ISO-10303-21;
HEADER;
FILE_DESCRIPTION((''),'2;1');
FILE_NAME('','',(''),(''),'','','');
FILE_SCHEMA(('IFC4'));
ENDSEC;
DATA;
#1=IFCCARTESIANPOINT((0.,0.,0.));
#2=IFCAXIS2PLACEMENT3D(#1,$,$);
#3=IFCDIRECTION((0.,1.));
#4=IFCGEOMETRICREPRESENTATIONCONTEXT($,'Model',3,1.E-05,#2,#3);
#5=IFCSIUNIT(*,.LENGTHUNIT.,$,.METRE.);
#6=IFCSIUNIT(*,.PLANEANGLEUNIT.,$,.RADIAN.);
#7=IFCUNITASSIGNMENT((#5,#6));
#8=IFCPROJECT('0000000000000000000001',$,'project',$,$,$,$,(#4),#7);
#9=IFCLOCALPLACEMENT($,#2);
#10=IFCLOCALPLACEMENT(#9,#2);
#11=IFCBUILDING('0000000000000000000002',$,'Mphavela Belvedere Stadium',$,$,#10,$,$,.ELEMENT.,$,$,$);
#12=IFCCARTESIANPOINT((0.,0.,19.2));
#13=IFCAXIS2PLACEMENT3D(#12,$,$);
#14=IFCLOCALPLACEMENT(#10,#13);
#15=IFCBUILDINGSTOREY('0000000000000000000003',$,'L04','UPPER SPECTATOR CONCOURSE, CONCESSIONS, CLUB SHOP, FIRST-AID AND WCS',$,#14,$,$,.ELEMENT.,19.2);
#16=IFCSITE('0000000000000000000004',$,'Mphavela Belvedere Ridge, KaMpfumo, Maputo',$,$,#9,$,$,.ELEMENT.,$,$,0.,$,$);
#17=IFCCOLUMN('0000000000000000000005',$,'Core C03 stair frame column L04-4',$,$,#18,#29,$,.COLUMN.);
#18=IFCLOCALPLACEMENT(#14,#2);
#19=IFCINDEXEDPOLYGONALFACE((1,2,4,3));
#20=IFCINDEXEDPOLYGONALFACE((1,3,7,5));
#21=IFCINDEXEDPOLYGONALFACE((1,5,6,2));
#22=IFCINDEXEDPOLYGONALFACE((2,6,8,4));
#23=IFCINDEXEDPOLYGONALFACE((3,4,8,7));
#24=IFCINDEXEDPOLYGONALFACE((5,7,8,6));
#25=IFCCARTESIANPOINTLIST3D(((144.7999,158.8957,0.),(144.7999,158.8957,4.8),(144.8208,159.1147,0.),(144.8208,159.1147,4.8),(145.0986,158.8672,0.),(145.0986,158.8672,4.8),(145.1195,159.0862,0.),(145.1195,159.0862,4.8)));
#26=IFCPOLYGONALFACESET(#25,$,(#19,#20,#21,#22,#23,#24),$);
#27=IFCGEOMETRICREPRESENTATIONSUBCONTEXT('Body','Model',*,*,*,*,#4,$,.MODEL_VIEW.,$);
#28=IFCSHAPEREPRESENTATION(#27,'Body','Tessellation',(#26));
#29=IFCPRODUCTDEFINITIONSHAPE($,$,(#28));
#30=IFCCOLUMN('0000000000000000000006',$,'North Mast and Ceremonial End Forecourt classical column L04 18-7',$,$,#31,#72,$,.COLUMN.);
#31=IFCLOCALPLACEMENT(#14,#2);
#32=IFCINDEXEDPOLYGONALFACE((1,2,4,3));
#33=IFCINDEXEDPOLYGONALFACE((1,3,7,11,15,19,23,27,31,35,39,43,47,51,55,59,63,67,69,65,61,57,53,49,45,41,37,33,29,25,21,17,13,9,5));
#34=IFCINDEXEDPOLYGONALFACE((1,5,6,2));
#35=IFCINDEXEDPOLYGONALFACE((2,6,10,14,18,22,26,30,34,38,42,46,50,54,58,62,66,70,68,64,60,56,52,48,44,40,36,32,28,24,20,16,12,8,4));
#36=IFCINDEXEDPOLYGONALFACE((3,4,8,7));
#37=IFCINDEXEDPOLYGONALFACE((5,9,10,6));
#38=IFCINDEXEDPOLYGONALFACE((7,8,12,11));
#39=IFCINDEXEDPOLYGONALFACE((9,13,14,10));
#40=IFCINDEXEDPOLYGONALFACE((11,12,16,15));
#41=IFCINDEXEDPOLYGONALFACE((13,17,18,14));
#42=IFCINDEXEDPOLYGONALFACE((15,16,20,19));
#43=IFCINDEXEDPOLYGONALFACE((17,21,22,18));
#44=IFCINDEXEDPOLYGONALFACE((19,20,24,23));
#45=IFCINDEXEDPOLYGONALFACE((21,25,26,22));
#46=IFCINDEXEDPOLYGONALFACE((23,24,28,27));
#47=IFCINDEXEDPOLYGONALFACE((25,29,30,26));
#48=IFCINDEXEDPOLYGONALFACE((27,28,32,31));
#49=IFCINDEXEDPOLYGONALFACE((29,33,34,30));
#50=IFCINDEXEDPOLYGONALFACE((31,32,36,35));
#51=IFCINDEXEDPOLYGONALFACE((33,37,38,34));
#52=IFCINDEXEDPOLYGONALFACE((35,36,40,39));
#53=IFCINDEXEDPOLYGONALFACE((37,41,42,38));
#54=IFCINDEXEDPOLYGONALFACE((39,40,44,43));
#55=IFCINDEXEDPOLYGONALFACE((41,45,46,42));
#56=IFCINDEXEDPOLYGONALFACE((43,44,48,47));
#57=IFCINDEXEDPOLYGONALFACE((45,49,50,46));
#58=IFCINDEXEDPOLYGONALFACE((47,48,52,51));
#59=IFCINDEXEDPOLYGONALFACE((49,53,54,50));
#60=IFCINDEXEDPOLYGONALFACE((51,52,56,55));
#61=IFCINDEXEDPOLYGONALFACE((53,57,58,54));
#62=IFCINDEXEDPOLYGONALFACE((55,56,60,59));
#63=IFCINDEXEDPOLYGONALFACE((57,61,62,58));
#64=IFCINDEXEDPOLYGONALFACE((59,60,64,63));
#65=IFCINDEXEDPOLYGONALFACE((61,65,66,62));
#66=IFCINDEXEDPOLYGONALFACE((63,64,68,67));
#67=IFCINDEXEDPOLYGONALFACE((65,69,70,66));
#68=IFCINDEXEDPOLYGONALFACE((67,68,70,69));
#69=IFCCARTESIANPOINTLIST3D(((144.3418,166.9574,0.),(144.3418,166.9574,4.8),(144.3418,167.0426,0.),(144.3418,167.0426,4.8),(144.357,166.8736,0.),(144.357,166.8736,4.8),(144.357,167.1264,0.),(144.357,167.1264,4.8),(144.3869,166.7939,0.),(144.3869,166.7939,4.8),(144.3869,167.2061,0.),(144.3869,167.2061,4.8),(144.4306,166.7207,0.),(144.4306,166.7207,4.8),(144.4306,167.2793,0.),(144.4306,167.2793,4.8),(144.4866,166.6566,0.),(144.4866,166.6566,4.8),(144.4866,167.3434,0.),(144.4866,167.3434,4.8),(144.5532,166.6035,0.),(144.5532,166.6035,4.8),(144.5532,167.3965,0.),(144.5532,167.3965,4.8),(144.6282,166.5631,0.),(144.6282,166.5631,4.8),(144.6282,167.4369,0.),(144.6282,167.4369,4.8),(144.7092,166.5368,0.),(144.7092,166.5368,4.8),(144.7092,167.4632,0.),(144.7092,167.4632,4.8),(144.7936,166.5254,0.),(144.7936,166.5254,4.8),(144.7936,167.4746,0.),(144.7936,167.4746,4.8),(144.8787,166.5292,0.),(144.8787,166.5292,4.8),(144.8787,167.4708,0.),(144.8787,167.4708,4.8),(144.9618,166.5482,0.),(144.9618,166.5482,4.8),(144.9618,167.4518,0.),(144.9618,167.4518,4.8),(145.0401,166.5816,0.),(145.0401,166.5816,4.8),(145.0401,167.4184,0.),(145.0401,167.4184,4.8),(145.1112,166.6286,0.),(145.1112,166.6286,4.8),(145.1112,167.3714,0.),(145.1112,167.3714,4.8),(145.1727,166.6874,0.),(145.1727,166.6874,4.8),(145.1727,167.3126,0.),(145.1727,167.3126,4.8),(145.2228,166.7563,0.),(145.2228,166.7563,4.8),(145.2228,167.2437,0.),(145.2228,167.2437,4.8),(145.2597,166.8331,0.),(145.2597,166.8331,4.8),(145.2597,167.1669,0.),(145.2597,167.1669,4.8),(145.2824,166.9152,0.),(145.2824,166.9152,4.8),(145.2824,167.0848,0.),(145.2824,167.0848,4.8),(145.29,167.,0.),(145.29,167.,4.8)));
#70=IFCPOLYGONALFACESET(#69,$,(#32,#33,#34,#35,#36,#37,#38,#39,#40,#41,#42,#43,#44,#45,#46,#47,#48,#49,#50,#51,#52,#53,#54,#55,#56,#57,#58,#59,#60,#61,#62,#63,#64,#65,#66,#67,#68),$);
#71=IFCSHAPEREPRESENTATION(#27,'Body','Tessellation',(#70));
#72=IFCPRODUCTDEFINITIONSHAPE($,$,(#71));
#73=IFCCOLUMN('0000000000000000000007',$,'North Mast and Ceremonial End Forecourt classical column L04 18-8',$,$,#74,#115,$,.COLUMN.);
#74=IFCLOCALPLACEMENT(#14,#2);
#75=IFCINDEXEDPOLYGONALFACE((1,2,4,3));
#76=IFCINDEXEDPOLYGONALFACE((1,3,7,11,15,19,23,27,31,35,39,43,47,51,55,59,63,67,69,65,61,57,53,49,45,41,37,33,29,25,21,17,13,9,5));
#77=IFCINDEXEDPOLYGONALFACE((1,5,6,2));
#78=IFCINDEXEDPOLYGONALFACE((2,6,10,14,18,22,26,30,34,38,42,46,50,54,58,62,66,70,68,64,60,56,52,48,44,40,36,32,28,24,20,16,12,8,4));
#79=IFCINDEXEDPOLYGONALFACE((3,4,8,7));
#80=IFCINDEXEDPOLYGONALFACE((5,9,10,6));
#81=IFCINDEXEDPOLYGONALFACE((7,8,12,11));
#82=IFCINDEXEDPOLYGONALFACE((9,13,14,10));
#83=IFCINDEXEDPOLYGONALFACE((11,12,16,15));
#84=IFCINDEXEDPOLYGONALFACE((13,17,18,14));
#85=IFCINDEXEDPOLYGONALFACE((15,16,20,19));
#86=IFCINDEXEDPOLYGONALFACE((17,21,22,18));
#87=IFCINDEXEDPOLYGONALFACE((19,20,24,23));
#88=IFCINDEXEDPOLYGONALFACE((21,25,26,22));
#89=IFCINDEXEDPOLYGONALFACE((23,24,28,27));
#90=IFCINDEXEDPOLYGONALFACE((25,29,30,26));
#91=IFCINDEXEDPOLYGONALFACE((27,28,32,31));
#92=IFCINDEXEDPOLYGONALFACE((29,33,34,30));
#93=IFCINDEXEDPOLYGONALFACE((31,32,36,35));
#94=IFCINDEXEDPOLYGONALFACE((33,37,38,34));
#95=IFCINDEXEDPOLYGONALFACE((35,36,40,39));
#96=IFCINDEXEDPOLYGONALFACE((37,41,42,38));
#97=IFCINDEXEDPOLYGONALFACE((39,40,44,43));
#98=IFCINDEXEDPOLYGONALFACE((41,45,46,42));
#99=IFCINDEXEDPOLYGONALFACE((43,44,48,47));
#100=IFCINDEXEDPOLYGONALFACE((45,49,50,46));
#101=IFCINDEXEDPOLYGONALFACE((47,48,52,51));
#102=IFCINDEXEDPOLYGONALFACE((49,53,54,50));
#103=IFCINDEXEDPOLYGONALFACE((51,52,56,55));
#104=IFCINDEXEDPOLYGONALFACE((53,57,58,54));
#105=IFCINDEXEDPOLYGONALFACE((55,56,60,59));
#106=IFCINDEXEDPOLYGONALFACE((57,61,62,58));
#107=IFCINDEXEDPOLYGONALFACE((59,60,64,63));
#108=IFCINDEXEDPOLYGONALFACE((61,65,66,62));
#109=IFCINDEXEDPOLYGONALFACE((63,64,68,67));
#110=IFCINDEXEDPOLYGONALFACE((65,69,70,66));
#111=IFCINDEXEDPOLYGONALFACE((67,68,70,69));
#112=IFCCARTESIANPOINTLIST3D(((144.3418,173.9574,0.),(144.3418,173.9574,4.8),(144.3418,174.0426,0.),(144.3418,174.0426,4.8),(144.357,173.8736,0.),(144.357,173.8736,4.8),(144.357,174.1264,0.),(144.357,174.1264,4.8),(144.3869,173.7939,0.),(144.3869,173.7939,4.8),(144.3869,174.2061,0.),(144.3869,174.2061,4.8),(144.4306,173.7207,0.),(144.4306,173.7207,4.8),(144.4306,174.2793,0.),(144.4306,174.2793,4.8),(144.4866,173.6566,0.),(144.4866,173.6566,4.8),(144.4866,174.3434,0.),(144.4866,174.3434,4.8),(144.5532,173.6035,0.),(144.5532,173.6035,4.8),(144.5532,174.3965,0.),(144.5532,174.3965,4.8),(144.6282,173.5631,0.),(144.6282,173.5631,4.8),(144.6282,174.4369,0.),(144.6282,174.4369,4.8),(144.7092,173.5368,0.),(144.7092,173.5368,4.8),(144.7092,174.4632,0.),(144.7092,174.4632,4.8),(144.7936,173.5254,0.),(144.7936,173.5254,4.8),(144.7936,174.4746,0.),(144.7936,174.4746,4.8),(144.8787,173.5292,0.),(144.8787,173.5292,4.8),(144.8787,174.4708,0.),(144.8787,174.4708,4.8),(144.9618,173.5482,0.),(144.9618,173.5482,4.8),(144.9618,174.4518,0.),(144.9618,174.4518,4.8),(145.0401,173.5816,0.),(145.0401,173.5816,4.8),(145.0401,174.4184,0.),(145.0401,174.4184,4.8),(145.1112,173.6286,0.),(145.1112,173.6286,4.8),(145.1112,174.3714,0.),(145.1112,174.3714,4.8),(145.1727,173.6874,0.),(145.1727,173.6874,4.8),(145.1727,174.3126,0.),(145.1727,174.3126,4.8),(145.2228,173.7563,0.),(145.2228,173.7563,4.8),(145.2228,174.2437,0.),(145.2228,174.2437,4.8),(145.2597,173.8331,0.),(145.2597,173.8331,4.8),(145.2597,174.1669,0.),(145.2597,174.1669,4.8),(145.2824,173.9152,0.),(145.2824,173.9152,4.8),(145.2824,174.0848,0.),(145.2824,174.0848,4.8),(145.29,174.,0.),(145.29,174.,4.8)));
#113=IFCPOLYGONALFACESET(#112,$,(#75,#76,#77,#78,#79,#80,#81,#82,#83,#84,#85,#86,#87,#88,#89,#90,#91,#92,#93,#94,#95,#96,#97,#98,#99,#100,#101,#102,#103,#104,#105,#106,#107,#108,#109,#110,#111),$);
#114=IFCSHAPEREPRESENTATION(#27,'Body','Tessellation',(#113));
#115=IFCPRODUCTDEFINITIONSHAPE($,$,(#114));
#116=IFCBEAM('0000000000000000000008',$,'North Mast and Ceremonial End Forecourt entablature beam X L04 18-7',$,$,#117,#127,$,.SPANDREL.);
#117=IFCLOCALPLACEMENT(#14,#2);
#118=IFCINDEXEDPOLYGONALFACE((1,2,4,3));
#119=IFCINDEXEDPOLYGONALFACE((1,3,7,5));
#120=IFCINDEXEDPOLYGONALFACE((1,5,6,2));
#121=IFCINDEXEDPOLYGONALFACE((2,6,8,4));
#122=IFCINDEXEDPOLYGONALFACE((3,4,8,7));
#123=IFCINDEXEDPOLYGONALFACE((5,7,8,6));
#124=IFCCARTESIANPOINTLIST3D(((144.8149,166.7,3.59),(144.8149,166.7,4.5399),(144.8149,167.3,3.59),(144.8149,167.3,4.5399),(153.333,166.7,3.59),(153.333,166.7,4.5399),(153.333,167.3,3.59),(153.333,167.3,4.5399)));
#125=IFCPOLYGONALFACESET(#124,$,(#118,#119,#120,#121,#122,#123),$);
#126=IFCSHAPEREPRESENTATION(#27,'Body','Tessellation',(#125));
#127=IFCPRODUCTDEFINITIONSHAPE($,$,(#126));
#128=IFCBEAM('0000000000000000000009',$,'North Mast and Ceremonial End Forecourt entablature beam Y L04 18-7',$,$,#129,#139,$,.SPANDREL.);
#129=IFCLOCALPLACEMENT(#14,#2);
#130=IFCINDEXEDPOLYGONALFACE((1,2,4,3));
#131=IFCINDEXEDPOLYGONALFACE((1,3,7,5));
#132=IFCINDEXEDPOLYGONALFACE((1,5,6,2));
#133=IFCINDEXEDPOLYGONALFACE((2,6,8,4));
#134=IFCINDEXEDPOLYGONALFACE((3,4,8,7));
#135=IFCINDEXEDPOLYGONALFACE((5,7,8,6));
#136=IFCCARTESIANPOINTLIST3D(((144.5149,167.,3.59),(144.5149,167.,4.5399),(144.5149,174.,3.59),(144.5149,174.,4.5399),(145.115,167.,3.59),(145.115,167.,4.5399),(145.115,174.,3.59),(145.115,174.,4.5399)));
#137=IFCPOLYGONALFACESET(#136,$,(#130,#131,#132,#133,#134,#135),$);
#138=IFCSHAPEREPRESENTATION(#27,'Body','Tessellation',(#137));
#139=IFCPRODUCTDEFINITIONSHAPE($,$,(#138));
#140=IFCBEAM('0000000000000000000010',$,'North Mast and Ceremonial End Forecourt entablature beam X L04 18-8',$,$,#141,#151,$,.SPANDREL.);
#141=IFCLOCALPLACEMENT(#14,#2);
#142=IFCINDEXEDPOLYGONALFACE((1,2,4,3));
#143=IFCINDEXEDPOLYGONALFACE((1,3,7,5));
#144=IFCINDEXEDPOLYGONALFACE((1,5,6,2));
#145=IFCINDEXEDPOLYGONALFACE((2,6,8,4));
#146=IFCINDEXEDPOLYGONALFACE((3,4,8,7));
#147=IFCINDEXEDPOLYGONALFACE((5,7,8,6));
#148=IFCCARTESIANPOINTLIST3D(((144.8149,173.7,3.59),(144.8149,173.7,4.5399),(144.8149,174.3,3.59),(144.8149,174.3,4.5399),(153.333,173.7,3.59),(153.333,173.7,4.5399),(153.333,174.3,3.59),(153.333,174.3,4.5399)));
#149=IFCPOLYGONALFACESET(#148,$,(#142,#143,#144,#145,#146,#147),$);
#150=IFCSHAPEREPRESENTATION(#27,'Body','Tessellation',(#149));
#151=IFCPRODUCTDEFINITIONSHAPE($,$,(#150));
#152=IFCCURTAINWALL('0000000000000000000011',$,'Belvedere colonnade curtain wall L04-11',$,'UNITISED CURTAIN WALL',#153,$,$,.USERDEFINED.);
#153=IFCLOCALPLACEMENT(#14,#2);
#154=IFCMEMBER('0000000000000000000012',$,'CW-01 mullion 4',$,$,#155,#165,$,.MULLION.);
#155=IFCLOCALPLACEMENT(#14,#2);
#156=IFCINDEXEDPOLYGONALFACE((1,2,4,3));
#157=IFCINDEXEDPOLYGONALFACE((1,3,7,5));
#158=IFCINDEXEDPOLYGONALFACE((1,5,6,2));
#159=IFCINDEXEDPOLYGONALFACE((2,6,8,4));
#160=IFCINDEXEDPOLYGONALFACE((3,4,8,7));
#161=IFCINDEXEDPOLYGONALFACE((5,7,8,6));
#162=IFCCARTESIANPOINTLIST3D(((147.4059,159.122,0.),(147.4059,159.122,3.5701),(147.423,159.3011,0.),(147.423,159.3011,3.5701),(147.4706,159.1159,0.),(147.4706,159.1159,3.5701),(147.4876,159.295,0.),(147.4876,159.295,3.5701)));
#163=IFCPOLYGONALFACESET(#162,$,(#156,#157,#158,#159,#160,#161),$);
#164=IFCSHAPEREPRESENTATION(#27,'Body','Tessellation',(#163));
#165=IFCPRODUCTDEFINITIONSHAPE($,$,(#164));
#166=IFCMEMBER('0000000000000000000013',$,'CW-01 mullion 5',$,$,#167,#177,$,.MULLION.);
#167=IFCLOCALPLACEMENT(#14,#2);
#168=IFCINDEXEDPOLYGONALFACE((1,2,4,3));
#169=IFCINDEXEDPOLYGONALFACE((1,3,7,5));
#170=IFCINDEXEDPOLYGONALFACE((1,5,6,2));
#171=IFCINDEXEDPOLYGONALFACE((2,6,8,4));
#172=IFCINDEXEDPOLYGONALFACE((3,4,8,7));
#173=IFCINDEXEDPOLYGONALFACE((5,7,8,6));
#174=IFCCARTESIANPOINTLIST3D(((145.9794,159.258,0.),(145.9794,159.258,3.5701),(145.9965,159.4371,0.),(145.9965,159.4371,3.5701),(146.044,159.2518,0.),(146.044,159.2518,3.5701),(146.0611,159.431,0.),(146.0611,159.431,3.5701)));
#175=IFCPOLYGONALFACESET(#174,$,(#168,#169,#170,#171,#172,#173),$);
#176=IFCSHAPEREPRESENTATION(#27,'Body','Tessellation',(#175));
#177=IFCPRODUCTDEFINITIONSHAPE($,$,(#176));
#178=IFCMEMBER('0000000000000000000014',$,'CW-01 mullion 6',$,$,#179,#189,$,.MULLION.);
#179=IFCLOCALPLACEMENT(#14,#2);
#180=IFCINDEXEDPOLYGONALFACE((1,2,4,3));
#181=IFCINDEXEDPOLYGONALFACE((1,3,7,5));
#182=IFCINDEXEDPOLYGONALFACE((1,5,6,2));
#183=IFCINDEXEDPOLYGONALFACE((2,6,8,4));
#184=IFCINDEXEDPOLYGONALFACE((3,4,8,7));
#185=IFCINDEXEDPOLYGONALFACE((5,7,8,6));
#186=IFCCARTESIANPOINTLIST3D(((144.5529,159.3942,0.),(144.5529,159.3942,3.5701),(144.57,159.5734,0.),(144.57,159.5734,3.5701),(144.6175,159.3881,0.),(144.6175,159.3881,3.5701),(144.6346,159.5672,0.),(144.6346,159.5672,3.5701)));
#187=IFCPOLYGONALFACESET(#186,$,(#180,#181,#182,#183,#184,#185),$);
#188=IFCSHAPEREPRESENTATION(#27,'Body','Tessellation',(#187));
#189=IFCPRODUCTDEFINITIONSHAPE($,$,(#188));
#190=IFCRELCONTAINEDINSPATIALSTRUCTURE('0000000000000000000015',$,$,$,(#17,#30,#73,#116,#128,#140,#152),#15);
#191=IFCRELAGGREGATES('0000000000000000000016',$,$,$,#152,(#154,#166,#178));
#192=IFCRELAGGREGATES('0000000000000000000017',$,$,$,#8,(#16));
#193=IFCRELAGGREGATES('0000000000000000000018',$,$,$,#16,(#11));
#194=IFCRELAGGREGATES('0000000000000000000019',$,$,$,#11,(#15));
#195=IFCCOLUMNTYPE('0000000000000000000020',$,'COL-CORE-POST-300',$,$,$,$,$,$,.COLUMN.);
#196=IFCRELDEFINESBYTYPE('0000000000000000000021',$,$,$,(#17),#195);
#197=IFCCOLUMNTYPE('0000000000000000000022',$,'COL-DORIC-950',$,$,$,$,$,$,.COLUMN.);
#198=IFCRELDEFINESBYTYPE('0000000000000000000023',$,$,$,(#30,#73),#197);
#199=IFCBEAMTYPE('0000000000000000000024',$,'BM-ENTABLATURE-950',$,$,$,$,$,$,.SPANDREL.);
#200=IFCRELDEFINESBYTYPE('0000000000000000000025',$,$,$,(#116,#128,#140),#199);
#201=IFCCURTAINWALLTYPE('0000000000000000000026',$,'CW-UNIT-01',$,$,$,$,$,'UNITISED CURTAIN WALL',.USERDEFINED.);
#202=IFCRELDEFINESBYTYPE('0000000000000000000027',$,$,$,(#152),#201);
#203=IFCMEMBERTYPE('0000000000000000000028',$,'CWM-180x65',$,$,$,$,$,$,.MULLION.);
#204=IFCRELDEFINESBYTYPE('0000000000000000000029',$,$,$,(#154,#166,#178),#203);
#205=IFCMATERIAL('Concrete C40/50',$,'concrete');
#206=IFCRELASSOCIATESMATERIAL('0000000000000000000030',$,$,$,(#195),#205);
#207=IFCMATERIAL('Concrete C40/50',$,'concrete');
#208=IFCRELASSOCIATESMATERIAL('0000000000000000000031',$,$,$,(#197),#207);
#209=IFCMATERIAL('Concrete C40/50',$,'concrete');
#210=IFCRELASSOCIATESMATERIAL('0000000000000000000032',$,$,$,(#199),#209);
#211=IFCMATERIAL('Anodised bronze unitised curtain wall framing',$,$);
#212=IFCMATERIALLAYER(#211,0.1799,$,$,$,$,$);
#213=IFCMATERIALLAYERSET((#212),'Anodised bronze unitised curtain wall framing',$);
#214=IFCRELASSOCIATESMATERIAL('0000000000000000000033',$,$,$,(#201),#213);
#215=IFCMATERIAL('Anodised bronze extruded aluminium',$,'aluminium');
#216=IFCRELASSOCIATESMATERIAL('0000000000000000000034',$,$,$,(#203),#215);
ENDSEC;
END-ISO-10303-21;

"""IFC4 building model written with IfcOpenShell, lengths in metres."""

from ifc_helpers import new_model, si_unit, direction, frame, origin, origin_2d, place, context, subcontext, project, spatial, rectangle, circle, extrude, material, layer, layer_set, material_profile, profile_set, type_object, element, aggregate, save


model = new_model("IFC4")

# Units and contexts
model_context = context("Model", 3, precision=1e-05, world=origin(), true_north=direction((0.0, 1.0)))
body_context = subcontext(model_context, "Body", "Model", "MODEL_VIEW")
ifc_project = project(units=[si_unit("LENGTHUNIT", "METRE"), si_unit("PLANEANGLEUNIT", "RADIAN")], contexts=[model_context])

# Site, building, storey
site_placement = place(None, origin())
site = spatial("IfcSite", under=ifc_project, at=site_placement, Name="Mphavela Belvedere Ridge, KaMpfumo, Maputo", CompositionType="ELEMENT", RefElevation=0.0)
building_placement = place(site_placement, origin())
building = spatial("IfcBuilding", under=site, at=building_placement, Name="Mphavela Belvedere Stadium", CompositionType="ELEMENT")
storey_placement = place(building_placement, frame((0.0, 0.0, 19.2)))
storey = spatial("IfcBuildingStorey", under=building, at=storey_placement, Name="L04", Description="UPPER SPECTATOR CONCOURSE, CONCESSIONS, CLUB SHOP, FIRST-AID AND WCS", CompositionType="ELEMENT", Elevation=19.2)

# Columns
ifc_material_1 = material(Name="Concrete C40/50", Category="concrete")
ifc_material_profile_1 = material_profile(ifc_material_1, rectangle(XDim=0.3, YDim=0.22, at=origin_2d()), Name="RC 300x220")
ifc_profile_set_1 = profile_set([ifc_material_profile_1], Name="Concrete C40/50")
column_type_1 = type_object("IfcColumnType", Name="COL-CORE-POST-300", PredefinedType="COLUMN", material=ifc_profile_set_1)
column_placement = place(storey_placement, frame((144.9597, 158.991, 0.0), z_axis=(0.0, 0.0, 1.0), x_axis=(0.995479, -0.094977, 0.0)))
element("IfcColumn", 1, at=column_placement, inside=storey, type_object=column_type_1, Name="Core C03 stair frame column L04-4", PredefinedType="COLUMN", context=body_context, shape_type="SweptSolid", body=[
    extrude(rectangle(XDim=0.3, YDim=0.22, at=origin_2d()), origin(), (0.0, 0.0, 1.0), 4.8),
])
ifc_material_2 = material(Name="Concrete C40/50", Category="concrete")
ifc_material_profile_2 = material_profile(ifc_material_2, circle(Radius=0.4751, at=origin_2d()), Name="COL D950")
ifc_profile_set_2 = profile_set([ifc_material_profile_2], Name="Concrete C40/50")
column_type_2 = type_object("IfcColumnType", Name="COL-DORIC-950", PredefinedType="COLUMN", material=ifc_profile_set_2)
for number, where, z_axis, x_axis, name in (
    (2, (144.8149, 167.0, 0.0), (0.0, 0.0, 1.0), (1.0, 0.0, 0.0), "North Mast and Ceremonial End Forecourt classical column L04 18-7"),
    (3, (144.8149, 174.0, 0.0), (0.0, 0.0, 1.0), (1.0, 0.0, 0.0), "North Mast and Ceremonial End Forecourt classical column L04 18-8"),
):
    element("IfcColumn", number, at=place(storey_placement, frame(where, z_axis=z_axis, x_axis=x_axis)), inside=storey, type_object=column_type_2, Name=name, PredefinedType="COLUMN", context=body_context, shape_type="SweptSolid", body=[
        extrude(circle(Radius=0.4751, at=origin_2d()), origin(), (0.0, 0.0, 1.0), 4.8),
    ])

# Beams
ifc_material_3 = material(Name="Concrete C40/50", Category="concrete")
ifc_material_profile_3 = material_profile(ifc_material_3, rectangle(XDim=0.6001, YDim=0.95, at=origin_2d()), Name="RC 600x950")
ifc_profile_set_3 = profile_set([ifc_material_profile_3], Name="Concrete C40/50")
beam_type = type_object("IfcBeamType", Name="BM-ENTABLATURE-950", PredefinedType="SPANDREL", material=ifc_profile_set_3)
beam_1_placement = place(storey_placement, frame((144.8149, 167.0, 4.0649), z_axis=(1.0, 0.0, 0.0), x_axis=(0.0, 1.0, 0.0)))
element("IfcBeam", 4, at=beam_1_placement, inside=storey, type_object=beam_type, Name="North Mast and Ceremonial End Forecourt entablature beam X L04 18-7", PredefinedType="SPANDREL", context=body_context, shape_type="SweptSolid", body=[
    extrude(rectangle(XDim=0.6001, YDim=0.95, at=origin_2d()), origin(), (0.0, 0.0, 1.0), 8.5181),
])
beam_2_placement = place(storey_placement, frame((144.8149, 167.0, 4.0649), z_axis=(0.0, 1.0, 0.0), x_axis=(-1.0, 0.0, 0.0)))
element("IfcBeam", 5, at=beam_2_placement, inside=storey, type_object=beam_type, Name="North Mast and Ceremonial End Forecourt entablature beam Y L04 18-7", PredefinedType="SPANDREL", context=body_context, shape_type="SweptSolid", body=[
    extrude(rectangle(XDim=0.6001, YDim=0.95, at=origin_2d()), origin(), (0.0, 0.0, 1.0), 7.0),
])
beam_3_placement = place(storey_placement, frame((144.8149, 174.0, 4.0649), z_axis=(1.0, 0.0, 0.0), x_axis=(0.0, 1.0, 0.0)))
element("IfcBeam", 6, at=beam_3_placement, inside=storey, type_object=beam_type, Name="North Mast and Ceremonial End Forecourt entablature beam X L04 18-8", PredefinedType="SPANDREL", context=body_context, shape_type="SweptSolid", body=[
    extrude(rectangle(XDim=0.6001, YDim=0.95, at=origin_2d()), origin(), (0.0, 0.0, 1.0), 8.5181),
])

# Curtain wall, members
ifc_material_4 = material(Name="Anodised bronze unitised curtain wall framing")
ifc_layer_1 = layer(ifc_material_4, 0.1799)
ifc_layer_set_1 = layer_set([ifc_layer_1], Name="Anodised bronze unitised curtain wall framing")
curtain_wall_type = type_object("IfcCurtainWallType", Name="CW-UNIT-01", ElementType="UNITISED CURTAIN WALL", PredefinedType="USERDEFINED", material=ifc_layer_set_1)
curtain_wall_placement = place(storey_placement, origin())
curtain_wall = element("IfcCurtainWall", 7, at=curtain_wall_placement, inside=storey, type_object=curtain_wall_type, Name="Belvedere colonnade curtain wall L04-11", ObjectType="UNITISED CURTAIN WALL", PredefinedType="USERDEFINED")
ifc_material_5 = material(Name="Anodised bronze extruded aluminium", Category="aluminium")
ifc_material_profile_4 = material_profile(ifc_material_5, rectangle(XDim=0.1799, YDim=0.0649, at=origin_2d()), Name="CW-MUL 180x65")
ifc_profile_set_4 = profile_set([ifc_material_profile_4], Name="Anodised bronze extruded aluminium")
member_type_1 = type_object("IfcMemberType", Name="CWM-180x65", PredefinedType="MULLION", material=ifc_profile_set_4)
member_1_placement = place(storey_placement, frame((147.4468, 159.2085, 0.0), z_axis=(0.0, 0.0, 1.0), x_axis=(-0.094933, -0.995484, 0.0)))
member_1 = element("IfcMember", 8, at=member_1_placement, type_object=member_type_1, Name="CW-01 mullion 4", PredefinedType="MULLION", context=body_context, shape_type="SweptSolid", body=[
    extrude(rectangle(XDim=0.1799, YDim=0.0649, at=origin_2d()), origin(), (0.0, 0.0, 1.0), 3.5701),
])
member_2_placement = place(storey_placement, frame((146.0203, 159.3445, 0.0), z_axis=(0.0, 0.0, 1.0), x_axis=(-0.094933, -0.995484, 0.0)))
member_2 = element("IfcMember", 9, at=member_2_placement, type_object=member_type_1, Name="CW-01 mullion 5", PredefinedType="MULLION", context=body_context, shape_type="SweptSolid", body=[
    extrude(rectangle(XDim=0.1799, YDim=0.0649, at=origin_2d()), origin(), (0.0, 0.0, 1.0), 3.5701),
])
member_3_placement = place(storey_placement, frame((144.5938, 159.4807, 0.0), z_axis=(0.0, 0.0, 1.0), x_axis=(-0.094933, -0.995484, 0.0)))
member_3 = element("IfcMember", 10, at=member_3_placement, type_object=member_type_1, Name="CW-01 mullion 6", PredefinedType="MULLION", context=body_context, shape_type="SweptSolid", body=[
    extrude(rectangle(XDim=0.1799, YDim=0.0649, at=origin_2d()), origin(), (0.0, 0.0, 1.0), 3.5701),
])
aggregate(curtain_wall, [member_1, member_2, member_3])

save(model, "model.ifc")
